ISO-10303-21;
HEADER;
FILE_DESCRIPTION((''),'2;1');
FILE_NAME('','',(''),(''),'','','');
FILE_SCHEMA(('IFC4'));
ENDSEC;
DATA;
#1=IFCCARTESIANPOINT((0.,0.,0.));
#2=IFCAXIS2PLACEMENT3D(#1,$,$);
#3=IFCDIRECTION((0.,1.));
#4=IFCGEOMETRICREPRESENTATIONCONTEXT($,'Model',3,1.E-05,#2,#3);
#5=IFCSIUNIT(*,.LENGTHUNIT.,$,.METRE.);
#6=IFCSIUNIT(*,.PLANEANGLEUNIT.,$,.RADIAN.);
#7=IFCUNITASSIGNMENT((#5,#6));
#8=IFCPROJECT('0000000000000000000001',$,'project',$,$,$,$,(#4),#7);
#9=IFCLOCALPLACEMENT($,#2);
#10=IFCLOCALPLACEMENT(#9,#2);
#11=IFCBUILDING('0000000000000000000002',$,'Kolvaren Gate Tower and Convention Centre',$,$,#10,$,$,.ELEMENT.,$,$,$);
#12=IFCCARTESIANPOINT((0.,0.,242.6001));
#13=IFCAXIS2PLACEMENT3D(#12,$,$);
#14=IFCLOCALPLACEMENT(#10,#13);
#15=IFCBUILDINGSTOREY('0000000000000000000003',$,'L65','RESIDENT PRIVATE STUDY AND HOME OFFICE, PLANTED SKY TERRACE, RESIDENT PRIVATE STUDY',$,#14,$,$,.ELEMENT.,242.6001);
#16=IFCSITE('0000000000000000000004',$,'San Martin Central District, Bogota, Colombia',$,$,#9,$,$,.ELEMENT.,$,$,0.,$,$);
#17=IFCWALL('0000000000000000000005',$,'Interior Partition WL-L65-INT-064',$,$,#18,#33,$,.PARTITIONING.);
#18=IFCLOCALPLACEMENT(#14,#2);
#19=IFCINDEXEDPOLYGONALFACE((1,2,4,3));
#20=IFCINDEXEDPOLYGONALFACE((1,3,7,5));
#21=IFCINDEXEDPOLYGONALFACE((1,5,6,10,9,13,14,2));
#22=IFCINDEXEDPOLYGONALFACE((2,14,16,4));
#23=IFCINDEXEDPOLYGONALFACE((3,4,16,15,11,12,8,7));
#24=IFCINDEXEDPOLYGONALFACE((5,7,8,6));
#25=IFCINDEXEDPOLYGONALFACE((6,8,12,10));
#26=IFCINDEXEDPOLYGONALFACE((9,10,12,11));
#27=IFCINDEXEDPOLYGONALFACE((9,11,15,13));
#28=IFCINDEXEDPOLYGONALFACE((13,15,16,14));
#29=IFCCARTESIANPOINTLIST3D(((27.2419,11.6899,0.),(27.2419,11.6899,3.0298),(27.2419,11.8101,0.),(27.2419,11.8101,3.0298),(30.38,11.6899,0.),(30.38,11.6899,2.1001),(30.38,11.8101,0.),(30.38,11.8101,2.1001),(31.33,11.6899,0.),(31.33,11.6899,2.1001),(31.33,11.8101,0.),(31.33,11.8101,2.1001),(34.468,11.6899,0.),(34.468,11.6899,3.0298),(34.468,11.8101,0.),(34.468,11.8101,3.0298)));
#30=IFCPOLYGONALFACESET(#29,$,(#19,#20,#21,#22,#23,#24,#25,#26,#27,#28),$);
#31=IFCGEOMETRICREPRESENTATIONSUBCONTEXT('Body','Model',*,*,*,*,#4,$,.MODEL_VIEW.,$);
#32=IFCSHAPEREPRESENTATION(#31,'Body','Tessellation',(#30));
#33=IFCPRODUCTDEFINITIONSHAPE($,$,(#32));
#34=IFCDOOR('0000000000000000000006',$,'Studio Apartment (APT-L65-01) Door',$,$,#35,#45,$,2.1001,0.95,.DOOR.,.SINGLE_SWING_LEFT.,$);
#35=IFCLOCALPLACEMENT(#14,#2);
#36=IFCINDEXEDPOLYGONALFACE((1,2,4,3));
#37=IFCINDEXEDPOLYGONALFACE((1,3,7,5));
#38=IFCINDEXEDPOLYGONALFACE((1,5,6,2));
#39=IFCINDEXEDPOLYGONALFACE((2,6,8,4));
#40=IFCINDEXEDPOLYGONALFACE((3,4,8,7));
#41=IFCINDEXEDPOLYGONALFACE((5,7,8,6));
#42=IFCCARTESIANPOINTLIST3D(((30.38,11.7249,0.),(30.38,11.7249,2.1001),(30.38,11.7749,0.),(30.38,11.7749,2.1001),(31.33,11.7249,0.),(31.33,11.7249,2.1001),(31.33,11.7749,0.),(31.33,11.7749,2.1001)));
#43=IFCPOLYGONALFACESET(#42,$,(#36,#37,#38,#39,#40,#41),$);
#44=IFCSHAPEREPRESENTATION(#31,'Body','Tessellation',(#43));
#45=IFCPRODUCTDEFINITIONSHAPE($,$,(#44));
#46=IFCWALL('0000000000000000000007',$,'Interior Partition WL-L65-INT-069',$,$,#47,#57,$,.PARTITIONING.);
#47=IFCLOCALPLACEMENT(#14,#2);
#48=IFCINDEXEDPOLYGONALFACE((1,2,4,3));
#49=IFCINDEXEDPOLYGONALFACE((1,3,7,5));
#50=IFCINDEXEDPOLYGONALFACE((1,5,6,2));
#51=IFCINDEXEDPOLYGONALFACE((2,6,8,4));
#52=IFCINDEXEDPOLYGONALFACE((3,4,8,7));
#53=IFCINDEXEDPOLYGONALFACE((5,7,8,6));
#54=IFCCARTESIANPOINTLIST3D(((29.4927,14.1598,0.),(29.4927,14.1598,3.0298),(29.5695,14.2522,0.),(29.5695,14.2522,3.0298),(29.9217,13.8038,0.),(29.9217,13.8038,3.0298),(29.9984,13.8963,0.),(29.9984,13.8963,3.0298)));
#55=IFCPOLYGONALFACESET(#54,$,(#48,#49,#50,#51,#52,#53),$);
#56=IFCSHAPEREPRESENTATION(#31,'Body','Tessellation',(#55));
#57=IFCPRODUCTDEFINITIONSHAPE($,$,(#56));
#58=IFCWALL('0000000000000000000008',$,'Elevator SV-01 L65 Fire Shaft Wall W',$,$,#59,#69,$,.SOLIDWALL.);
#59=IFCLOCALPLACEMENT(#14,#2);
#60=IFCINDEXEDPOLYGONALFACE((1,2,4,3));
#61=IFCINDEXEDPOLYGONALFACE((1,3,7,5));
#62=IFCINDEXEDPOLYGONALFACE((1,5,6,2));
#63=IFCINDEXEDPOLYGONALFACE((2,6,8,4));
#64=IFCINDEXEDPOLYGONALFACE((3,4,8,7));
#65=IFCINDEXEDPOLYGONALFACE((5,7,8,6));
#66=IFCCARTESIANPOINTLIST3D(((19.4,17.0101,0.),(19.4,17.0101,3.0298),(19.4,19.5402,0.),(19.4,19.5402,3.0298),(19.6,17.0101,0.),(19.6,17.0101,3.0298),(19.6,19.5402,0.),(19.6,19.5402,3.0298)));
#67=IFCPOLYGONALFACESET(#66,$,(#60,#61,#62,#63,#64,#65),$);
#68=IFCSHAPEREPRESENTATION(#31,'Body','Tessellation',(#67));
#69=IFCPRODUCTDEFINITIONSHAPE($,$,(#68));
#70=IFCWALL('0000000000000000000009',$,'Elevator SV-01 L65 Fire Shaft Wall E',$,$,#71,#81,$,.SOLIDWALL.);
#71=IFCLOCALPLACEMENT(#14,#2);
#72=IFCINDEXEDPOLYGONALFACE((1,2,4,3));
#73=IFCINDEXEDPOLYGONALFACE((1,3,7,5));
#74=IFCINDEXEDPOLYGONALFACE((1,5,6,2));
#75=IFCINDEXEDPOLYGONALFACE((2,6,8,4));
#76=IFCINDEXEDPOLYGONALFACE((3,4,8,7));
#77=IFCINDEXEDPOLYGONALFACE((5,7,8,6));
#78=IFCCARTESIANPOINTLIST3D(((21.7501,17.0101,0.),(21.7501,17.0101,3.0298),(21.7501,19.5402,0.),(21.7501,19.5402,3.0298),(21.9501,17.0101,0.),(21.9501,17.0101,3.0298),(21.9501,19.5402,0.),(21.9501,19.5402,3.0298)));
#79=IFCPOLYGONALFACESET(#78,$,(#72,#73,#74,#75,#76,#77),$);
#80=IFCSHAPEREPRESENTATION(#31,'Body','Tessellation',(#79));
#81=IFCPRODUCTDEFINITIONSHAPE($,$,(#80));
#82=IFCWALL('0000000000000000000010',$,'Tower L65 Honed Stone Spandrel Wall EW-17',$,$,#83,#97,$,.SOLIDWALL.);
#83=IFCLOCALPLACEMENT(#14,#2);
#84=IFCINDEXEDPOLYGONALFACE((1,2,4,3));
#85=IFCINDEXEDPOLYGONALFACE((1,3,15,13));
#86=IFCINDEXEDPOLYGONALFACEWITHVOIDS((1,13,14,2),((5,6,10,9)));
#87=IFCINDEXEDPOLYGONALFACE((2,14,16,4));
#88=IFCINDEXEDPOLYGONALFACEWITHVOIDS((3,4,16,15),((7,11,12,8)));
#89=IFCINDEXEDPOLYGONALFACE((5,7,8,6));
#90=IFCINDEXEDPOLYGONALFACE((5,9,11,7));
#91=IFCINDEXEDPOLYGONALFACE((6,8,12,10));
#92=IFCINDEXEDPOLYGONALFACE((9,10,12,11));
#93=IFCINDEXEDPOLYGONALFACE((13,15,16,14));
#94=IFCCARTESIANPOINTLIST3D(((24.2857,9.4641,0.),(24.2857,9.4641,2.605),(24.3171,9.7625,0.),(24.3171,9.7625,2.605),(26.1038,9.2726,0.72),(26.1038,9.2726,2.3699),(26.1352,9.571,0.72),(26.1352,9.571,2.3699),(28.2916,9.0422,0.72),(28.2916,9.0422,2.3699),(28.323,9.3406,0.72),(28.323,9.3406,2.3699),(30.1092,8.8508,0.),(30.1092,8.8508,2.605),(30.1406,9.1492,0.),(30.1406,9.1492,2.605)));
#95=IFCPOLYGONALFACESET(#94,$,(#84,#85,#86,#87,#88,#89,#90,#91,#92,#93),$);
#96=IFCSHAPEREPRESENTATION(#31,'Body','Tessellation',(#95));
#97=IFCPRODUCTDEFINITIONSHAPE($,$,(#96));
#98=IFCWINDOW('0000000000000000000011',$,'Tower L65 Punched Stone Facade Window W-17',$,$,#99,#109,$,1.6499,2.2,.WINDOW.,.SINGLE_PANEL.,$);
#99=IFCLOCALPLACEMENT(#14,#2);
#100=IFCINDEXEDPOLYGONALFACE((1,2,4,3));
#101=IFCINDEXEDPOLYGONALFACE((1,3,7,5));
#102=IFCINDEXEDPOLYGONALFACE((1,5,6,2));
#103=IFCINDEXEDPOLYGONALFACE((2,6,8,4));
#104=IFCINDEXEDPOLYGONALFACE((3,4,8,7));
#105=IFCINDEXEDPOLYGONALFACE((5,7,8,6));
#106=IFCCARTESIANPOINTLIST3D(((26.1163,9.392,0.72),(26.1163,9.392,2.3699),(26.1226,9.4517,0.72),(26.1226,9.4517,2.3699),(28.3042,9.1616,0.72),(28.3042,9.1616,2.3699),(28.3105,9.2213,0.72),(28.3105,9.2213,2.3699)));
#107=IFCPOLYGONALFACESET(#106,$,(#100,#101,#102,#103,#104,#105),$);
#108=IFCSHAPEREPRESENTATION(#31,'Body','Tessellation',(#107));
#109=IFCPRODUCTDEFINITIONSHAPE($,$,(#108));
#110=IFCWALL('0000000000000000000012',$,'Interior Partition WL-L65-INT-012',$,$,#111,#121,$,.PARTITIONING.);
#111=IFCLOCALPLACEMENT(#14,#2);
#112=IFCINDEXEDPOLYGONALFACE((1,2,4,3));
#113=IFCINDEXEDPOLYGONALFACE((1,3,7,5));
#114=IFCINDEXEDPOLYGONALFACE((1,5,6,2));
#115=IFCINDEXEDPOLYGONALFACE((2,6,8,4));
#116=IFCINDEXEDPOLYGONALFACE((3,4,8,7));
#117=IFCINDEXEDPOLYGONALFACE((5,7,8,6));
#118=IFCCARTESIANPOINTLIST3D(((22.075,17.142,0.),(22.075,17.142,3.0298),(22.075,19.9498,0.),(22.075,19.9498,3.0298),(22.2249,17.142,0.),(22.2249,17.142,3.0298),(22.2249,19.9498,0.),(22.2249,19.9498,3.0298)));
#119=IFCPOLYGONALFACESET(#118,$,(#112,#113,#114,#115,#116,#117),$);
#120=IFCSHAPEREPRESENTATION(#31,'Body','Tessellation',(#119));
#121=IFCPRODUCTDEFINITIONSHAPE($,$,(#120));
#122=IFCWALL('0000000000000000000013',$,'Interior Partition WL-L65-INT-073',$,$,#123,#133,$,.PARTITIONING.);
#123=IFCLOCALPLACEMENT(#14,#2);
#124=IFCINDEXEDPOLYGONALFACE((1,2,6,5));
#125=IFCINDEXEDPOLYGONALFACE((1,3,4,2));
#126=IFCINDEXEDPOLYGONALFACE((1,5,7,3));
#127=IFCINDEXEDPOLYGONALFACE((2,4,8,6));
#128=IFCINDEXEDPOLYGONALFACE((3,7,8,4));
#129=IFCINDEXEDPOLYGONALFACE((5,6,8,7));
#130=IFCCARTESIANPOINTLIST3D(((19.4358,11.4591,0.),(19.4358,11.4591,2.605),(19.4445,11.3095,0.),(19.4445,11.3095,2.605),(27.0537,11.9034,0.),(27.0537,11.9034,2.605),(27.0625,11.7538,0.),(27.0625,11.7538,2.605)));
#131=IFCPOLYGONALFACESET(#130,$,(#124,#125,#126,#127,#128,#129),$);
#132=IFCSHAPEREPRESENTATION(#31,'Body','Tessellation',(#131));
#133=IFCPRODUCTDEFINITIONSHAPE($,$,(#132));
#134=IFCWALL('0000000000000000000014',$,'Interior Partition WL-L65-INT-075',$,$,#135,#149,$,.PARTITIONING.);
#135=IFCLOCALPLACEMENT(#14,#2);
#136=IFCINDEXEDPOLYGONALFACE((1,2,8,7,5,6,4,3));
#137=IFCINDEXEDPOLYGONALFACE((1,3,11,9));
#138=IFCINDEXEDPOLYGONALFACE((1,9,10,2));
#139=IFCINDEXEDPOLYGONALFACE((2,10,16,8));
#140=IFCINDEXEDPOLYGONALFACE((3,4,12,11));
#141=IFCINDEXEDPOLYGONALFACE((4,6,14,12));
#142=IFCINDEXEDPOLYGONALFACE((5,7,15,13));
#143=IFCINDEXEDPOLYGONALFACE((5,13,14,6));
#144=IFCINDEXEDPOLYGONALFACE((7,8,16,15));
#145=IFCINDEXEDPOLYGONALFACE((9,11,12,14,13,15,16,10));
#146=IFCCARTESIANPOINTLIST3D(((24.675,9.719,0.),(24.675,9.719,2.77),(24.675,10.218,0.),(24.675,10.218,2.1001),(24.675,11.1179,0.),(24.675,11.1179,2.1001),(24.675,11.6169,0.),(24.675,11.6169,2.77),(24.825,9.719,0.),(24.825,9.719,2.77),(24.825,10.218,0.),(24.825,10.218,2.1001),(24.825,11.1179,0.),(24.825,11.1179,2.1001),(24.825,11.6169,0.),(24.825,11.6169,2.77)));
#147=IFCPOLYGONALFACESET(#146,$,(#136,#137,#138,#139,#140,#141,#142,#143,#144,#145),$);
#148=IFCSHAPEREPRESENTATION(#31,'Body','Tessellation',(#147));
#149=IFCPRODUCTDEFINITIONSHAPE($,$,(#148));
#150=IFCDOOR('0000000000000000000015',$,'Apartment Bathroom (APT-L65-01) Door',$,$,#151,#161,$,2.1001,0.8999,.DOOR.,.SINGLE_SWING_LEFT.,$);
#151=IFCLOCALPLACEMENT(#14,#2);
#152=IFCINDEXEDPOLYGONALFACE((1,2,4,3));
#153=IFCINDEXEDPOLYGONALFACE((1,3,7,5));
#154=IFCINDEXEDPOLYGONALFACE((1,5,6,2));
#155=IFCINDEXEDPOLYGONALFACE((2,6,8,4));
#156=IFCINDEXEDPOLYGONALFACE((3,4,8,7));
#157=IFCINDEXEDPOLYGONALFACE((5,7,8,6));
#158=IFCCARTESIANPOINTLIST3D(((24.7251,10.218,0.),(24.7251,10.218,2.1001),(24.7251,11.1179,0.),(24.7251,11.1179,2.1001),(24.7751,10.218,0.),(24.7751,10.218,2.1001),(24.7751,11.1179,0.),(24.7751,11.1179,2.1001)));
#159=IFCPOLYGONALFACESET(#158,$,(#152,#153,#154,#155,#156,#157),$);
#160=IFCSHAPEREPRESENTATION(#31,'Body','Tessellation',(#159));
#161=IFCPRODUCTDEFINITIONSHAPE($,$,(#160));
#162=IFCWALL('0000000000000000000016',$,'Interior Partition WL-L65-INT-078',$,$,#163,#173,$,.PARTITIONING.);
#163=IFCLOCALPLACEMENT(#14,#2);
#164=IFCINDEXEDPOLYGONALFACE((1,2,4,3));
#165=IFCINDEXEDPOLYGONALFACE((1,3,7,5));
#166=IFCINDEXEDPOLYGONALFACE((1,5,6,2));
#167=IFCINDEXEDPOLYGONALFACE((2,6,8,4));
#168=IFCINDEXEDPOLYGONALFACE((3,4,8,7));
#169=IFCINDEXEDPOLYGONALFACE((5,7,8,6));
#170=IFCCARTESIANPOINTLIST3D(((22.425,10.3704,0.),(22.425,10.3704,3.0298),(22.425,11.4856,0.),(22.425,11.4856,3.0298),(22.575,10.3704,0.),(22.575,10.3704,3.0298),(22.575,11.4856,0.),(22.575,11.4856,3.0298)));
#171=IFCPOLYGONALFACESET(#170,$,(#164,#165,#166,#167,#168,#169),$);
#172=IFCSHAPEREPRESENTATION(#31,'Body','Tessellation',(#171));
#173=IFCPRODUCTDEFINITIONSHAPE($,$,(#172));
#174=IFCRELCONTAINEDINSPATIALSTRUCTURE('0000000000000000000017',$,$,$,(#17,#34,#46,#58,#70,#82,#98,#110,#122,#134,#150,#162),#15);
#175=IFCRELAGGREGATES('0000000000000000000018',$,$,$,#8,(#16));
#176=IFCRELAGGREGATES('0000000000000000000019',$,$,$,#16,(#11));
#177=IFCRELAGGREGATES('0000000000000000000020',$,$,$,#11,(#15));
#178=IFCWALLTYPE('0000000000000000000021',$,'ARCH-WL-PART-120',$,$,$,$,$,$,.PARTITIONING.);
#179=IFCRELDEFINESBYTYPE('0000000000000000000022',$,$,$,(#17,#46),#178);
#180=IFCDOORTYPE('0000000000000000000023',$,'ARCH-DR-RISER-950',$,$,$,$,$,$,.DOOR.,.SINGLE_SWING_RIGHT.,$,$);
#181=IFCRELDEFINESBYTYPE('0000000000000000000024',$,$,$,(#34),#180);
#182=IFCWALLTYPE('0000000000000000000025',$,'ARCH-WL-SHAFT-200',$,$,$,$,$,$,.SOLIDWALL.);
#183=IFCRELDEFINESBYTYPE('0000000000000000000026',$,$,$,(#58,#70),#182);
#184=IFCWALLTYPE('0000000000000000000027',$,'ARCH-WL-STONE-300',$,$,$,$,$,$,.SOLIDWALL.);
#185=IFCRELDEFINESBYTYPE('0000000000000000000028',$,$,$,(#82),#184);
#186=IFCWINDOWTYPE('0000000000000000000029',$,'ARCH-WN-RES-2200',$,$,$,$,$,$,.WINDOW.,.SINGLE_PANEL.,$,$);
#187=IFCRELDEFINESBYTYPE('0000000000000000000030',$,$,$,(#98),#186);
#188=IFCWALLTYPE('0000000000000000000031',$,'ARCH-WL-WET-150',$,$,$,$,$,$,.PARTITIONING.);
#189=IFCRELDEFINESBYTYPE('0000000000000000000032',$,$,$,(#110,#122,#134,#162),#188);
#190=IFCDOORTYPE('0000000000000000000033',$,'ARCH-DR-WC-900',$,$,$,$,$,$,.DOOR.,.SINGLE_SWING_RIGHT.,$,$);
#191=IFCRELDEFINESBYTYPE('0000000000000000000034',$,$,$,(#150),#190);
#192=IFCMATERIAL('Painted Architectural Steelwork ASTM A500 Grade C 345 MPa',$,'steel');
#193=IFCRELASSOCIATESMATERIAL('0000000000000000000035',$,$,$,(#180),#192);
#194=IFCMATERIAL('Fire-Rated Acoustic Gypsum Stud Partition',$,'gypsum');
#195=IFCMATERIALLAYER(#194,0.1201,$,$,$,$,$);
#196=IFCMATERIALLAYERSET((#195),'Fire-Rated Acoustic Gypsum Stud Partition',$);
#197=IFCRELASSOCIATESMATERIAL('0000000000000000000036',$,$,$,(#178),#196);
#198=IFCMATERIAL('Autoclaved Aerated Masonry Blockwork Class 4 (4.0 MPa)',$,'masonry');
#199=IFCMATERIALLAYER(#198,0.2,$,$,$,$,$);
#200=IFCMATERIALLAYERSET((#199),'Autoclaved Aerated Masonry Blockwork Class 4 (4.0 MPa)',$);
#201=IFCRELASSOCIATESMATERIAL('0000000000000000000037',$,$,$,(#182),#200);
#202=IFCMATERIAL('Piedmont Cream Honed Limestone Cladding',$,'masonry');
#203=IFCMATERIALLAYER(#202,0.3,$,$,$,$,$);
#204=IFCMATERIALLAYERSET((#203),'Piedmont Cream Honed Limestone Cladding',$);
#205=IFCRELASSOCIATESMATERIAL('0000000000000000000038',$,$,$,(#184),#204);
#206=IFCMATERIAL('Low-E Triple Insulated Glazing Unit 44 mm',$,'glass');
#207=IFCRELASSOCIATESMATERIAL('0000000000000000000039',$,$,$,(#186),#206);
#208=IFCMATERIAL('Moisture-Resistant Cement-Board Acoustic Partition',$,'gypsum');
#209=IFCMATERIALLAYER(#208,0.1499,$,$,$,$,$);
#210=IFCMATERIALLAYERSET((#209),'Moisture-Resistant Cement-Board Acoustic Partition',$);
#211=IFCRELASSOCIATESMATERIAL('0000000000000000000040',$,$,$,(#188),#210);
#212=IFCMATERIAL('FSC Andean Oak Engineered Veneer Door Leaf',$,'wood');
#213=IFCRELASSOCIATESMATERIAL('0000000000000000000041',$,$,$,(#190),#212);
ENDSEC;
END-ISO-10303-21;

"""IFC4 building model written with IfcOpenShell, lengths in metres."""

from ifc_helpers import new_model, si_unit, direction, frame, frame_2d, origin, place, context, subcontext, project, spatial, rectangle, extrude, material, layer, layer_set, type_object, element, fill, save


model = new_model("IFC4")

# Units and contexts
model_context = context("Model", 3, precision=1e-05, world=origin(), true_north=direction((0.0, 1.0)))
body_context = subcontext(model_context, "Body", "Model", "MODEL_VIEW")
ifc_project = project(units=[si_unit("LENGTHUNIT", "METRE"), si_unit("PLANEANGLEUNIT", "RADIAN")], contexts=[model_context])

# Site, building, storey
site_placement = place(None, origin())
site = spatial("IfcSite", under=ifc_project, at=site_placement, Name="San Martin Central District, Bogota, Colombia", CompositionType="ELEMENT", RefElevation=0.0)
building_placement = place(site_placement, origin())
building = spatial("IfcBuilding", under=site, at=building_placement, Name="Kolvaren Gate Tower and Convention Centre", CompositionType="ELEMENT")
storey_placement = place(building_placement, frame((0.0, 0.0, 242.6001)))
storey = spatial("IfcBuildingStorey", under=building, at=storey_placement, Name="L65", Description="RESIDENT PRIVATE STUDY AND HOME OFFICE, PLANTED SKY TERRACE, RESIDENT PRIVATE STUDY", CompositionType="ELEMENT", Elevation=242.6001)

# Shared definitions
ifc_material_1 = material(Name="Autoclaved Aerated Masonry Blockwork Class 4 (4.0 MPa)", Category="masonry")

# Shared definitions
ifc_material_2 = material(Name="Painted Architectural Steelwork ASTM A500 Grade C 345 MPa", Category="steel")
door_type_1 = type_object("IfcDoorType", Name="ARCH-DR-RISER-950", OperationType="SINGLE_SWING_RIGHT", PredefinedType="DOOR", material=ifc_material_2)

# Wall, opening, door
ifc_material_3 = material(Name="Fire-Rated Acoustic Gypsum Stud Partition", Category="gypsum")
ifc_layer_1 = layer(ifc_material_3, 0.1201)
ifc_layer_set_1 = layer_set([ifc_layer_1], Name="Fire-Rated Acoustic Gypsum Stud Partition")
wall_type_1 = type_object("IfcWallType", Name="ARCH-WL-PART-120", PredefinedType="PARTITIONING", material=ifc_layer_set_1)
wall_1_placement = place(storey_placement, frame((27.2419, 11.75, 0.0), z_axis=(0.0, 0.0, 1.0), x_axis=(1.0, 0.0, 0.0)))
wall_1 = element("IfcWall", 1, at=wall_1_placement, inside=storey, type_object=wall_type_1, Name="Interior Partition WL-L65-INT-064", PredefinedType="PARTITIONING", context=body_context, shape_type="SweptSolid", body=[
    extrude(rectangle(XDim=7.2261, YDim=0.1201, at=frame_2d((3.613, 0.0))), origin(), (0.0, 0.0, 1.0), 3.0298),
])
opening_1_placement = place(wall_1_placement, frame((3.1379, 0.0, 0.0)))
opening_1 = element("IfcOpeningElement", 2, at=opening_1_placement, cuts=wall_1, PredefinedType="OPENING", context=body_context, shape_type="SweptSolid", body=[
    extrude(rectangle(XDim=0.95, YDim=2.1001, at=frame_2d((0.4751, 1.05))), frame((0.0, 0.0701, 0.0), z_axis=(0.0, -1.0, 0.0), x_axis=(1.0, 0.0, 0.0)), (0.0, 0.0, 1.0), 0.1401),
])
door_1_placement = place(opening_1_placement, origin())
door_1 = element("IfcDoor", 3, at=door_1_placement, inside=storey, type_object=door_type_1, Name="Studio Apartment (APT-L65-01) Door", OperationType="SINGLE_SWING_LEFT", OverallHeight=2.1001, OverallWidth=0.95, PredefinedType="DOOR", context=body_context, shape_type="SweptSolid", body=[
    extrude(rectangle(XDim=0.95, YDim=2.1001, at=frame_2d((0.4751, 1.05))), frame((0.0, 0.0249, 0.0), z_axis=(0.0, -1.0, 0.0), x_axis=(1.0, 0.0, 0.0)), (0.0, 0.0, 1.0), 0.05),
])
fill(opening_1, door_1)

# Walls
wall_2_placement = place(storey_placement, frame((29.531, 14.2061, 0.0), z_axis=(0.0, 0.0, 1.0), x_axis=(0.769548, -0.638589, 0.0)))
element("IfcWall", 4, at=wall_2_placement, inside=storey, type_object=wall_type_1, Name="Interior Partition WL-L65-INT-069", PredefinedType="PARTITIONING", context=body_context, shape_type="SweptSolid", body=[
    extrude(rectangle(XDim=0.5574, YDim=0.1201, at=frame_2d((0.2788, 0.0))), origin(), (0.0, 0.0, 1.0), 3.0298),
])
ifc_layer_2 = layer(ifc_material_1, 0.2)
ifc_layer_set_2 = layer_set([ifc_layer_2], Name="Autoclaved Aerated Masonry Blockwork Class 4 (4.0 MPa)")
wall_type_2 = type_object("IfcWallType", Name="ARCH-WL-SHAFT-200", PredefinedType="SOLIDWALL", material=ifc_layer_set_2)
for number, where, z_axis, x_axis, name in (
    (5, (19.5, 17.01, 0.0), (0.0, 0.0, 1.0), (0.0, 1.0, 0.0), "Elevator SV-01 L65 Fire Shaft Wall W"),
    (6, (21.8501, 17.01, 0.0), (0.0, 0.0, 1.0), (0.0, 1.0, 0.0), "Elevator SV-01 L65 Fire Shaft Wall E"),
):
    element("IfcWall", number, at=place(storey_placement, frame(where, z_axis=z_axis, x_axis=x_axis)), inside=storey, type_object=wall_type_2, Name=name, PredefinedType="SOLIDWALL", context=body_context, shape_type="SweptSolid", body=[
        extrude(rectangle(XDim=2.53, YDim=0.2, at=frame_2d((1.2651, 0.0))), origin(), (0.0, 0.0, 1.0), 3.0298),
    ])

# Wall, opening, window
ifc_material_4 = material(Name="Piedmont Cream Honed Limestone Cladding", Category="masonry")
ifc_layer_3 = layer(ifc_material_4, 0.3)
ifc_layer_set_3 = layer_set([ifc_layer_3], Name="Piedmont Cream Honed Limestone Cladding")
wall_type_3 = type_object("IfcWallType", Name="ARCH-WL-STONE-300", PredefinedType="SOLIDWALL", material=ifc_layer_set_3)
wall_3_placement = place(storey_placement, frame((24.3015, 9.6133, 0.0), z_axis=(0.0, 0.0, 1.0), x_axis=(0.9945, -0.104733, 0.0)))
wall_3 = element("IfcWall", 7, at=wall_3_placement, inside=storey, type_object=wall_type_3, Name="Tower L65 Honed Stone Spandrel Wall EW-17", PredefinedType="SOLIDWALL", context=body_context, shape_type="SweptSolid", body=[
    extrude(rectangle(XDim=5.8557, YDim=0.3, at=frame_2d((2.9277, 0.0))), origin(), (0.0, 0.0, 1.0), 2.605),
])
opening_2_placement = place(wall_3_placement, frame((1.8279, 0.0, 0.72)))
opening_2 = element("IfcOpeningElement", 8, at=opening_2_placement, cuts=wall_3, PredefinedType="OPENING", context=body_context, shape_type="SweptSolid", body=[
    extrude(rectangle(XDim=2.2, YDim=1.6499, at=frame_2d((1.1001, 0.825))), frame((0.0, 0.1599, 0.0), z_axis=(0.0, -1.0, 0.0), x_axis=(1.0, 0.0, 0.0)), (0.0, 0.0, 1.0), 0.3201),
])
ifc_material_5 = material(Name="Low-E Triple Insulated Glazing Unit 44 mm", Category="glass")
window_type = type_object("IfcWindowType", Name="ARCH-WN-RES-2200", PartitioningType="SINGLE_PANEL", PredefinedType="WINDOW", material=ifc_material_5)
window_placement = place(opening_2_placement, origin())
window = element("IfcWindow", 9, at=window_placement, inside=storey, type_object=window_type, Name="Tower L65 Punched Stone Facade Window W-17", OverallHeight=1.6499, OverallWidth=2.2, PartitioningType="SINGLE_PANEL", PredefinedType="WINDOW", context=body_context, shape_type="SweptSolid", body=[
    extrude(rectangle(XDim=2.2, YDim=1.6499, at=frame_2d((1.1001, 0.825))), frame((0.0, 0.03, 0.0), z_axis=(0.0, -1.0, 0.0), x_axis=(1.0, 0.0, 0.0)), (0.0, 0.0, 1.0), 0.0601),
])
fill(opening_2, window)

# Walls
ifc_material_6 = material(Name="Moisture-Resistant Cement-Board Acoustic Partition", Category="gypsum")
ifc_layer_4 = layer(ifc_material_6, 0.1499)
ifc_layer_set_4 = layer_set([ifc_layer_4], Name="Moisture-Resistant Cement-Board Acoustic Partition")
wall_type_4 = type_object("IfcWallType", Name="ARCH-WL-WET-150", PredefinedType="PARTITIONING", material=ifc_layer_set_4)
wall_4_placement = place(storey_placement, frame((22.1499, 17.1421, 0.0), z_axis=(0.0, 0.0, 1.0), x_axis=(0.0, 1.0, 0.0)))
element("IfcWall", 10, at=wall_4_placement, inside=storey, type_object=wall_type_4, Name="Interior Partition WL-L65-INT-012", PredefinedType="PARTITIONING", context=body_context, shape_type="SweptSolid", body=[
    extrude(rectangle(XDim=2.8079, YDim=0.1499, at=frame_2d((1.4038, 0.0))), origin(), (0.0, 0.0, 1.0), 3.0298),
])
wall_5_placement = place(storey_placement, frame((19.4402, 11.3843, 0.0), z_axis=(0.0, 0.0, 1.0), x_axis=(0.998303, 0.058229, 0.0)))
element("IfcWall", 11, at=wall_5_placement, inside=storey, type_object=wall_type_4, Name="Interior Partition WL-L65-INT-073", PredefinedType="PARTITIONING", context=body_context, shape_type="SweptSolid", body=[
    extrude(rectangle(XDim=7.6309, YDim=0.1499, at=frame_2d((3.8154, 0.0))), origin(), (0.0, 0.0, 1.0), 2.605),
])

# Wall, opening, door
wall_6_placement = place(storey_placement, frame((24.75, 9.719, 0.0), z_axis=(0.0, 0.0, 1.0), x_axis=(0.0, 1.0, 0.0)))
wall_6 = element("IfcWall", 12, at=wall_6_placement, inside=storey, type_object=wall_type_4, Name="Interior Partition WL-L65-INT-075", PredefinedType="PARTITIONING", context=body_context, shape_type="SweptSolid", body=[
    extrude(rectangle(XDim=1.8979, YDim=0.1499, at=frame_2d((0.949, 0.0))), origin(), (0.0, 0.0, 1.0), 2.77),
])
opening_3_placement = place(wall_6_placement, frame((0.499, 0.0, 0.0)))
opening_3 = element("IfcOpeningElement", 13, at=opening_3_placement, cuts=wall_6, PredefinedType="OPENING", context=body_context, shape_type="SweptSolid", body=[
    extrude(rectangle(XDim=0.8999, YDim=2.1001, at=frame_2d((0.45, 1.05))), frame((0.0, 0.085, 0.0), z_axis=(0.0, -1.0, 0.0), x_axis=(1.0, 0.0, 0.0)), (0.0, 0.0, 1.0), 0.1699),
])
ifc_material_7 = material(Name="FSC Andean Oak Engineered Veneer Door Leaf", Category="wood")
door_type_2 = type_object("IfcDoorType", Name="ARCH-DR-WC-900", OperationType="SINGLE_SWING_RIGHT", PredefinedType="DOOR", material=ifc_material_7)
door_2_placement = place(opening_3_placement, origin())
door_2 = element("IfcDoor", 14, at=door_2_placement, inside=storey, type_object=door_type_2, Name="Apartment Bathroom (APT-L65-01) Door", OperationType="SINGLE_SWING_LEFT", OverallHeight=2.1001, OverallWidth=0.8999, PredefinedType="DOOR", context=body_context, shape_type="SweptSolid", body=[
    extrude(rectangle(XDim=0.8999, YDim=2.1001, at=frame_2d((0.45, 1.05))), frame((0.0, 0.0249, 0.0), z_axis=(0.0, -1.0, 0.0), x_axis=(1.0, 0.0, 0.0)), (0.0, 0.0, 1.0), 0.05),
])
fill(opening_3, door_2)

# Wall
wall_7_placement = place(storey_placement, frame((22.5, 10.3704, 0.0), z_axis=(0.0, 0.0, 1.0), x_axis=(0.0, 1.0, 0.0)))
element("IfcWall", 15, at=wall_7_placement, inside=storey, type_object=wall_type_4, Name="Interior Partition WL-L65-INT-078", PredefinedType="PARTITIONING", context=body_context, shape_type="SweptSolid", body=[
    extrude(rectangle(XDim=1.1152, YDim=0.1499, at=frame_2d((0.5576, 0.0))), origin(), (0.0, 0.0, 1.0), 3.0298),
])

save(model, "model.ifc")
